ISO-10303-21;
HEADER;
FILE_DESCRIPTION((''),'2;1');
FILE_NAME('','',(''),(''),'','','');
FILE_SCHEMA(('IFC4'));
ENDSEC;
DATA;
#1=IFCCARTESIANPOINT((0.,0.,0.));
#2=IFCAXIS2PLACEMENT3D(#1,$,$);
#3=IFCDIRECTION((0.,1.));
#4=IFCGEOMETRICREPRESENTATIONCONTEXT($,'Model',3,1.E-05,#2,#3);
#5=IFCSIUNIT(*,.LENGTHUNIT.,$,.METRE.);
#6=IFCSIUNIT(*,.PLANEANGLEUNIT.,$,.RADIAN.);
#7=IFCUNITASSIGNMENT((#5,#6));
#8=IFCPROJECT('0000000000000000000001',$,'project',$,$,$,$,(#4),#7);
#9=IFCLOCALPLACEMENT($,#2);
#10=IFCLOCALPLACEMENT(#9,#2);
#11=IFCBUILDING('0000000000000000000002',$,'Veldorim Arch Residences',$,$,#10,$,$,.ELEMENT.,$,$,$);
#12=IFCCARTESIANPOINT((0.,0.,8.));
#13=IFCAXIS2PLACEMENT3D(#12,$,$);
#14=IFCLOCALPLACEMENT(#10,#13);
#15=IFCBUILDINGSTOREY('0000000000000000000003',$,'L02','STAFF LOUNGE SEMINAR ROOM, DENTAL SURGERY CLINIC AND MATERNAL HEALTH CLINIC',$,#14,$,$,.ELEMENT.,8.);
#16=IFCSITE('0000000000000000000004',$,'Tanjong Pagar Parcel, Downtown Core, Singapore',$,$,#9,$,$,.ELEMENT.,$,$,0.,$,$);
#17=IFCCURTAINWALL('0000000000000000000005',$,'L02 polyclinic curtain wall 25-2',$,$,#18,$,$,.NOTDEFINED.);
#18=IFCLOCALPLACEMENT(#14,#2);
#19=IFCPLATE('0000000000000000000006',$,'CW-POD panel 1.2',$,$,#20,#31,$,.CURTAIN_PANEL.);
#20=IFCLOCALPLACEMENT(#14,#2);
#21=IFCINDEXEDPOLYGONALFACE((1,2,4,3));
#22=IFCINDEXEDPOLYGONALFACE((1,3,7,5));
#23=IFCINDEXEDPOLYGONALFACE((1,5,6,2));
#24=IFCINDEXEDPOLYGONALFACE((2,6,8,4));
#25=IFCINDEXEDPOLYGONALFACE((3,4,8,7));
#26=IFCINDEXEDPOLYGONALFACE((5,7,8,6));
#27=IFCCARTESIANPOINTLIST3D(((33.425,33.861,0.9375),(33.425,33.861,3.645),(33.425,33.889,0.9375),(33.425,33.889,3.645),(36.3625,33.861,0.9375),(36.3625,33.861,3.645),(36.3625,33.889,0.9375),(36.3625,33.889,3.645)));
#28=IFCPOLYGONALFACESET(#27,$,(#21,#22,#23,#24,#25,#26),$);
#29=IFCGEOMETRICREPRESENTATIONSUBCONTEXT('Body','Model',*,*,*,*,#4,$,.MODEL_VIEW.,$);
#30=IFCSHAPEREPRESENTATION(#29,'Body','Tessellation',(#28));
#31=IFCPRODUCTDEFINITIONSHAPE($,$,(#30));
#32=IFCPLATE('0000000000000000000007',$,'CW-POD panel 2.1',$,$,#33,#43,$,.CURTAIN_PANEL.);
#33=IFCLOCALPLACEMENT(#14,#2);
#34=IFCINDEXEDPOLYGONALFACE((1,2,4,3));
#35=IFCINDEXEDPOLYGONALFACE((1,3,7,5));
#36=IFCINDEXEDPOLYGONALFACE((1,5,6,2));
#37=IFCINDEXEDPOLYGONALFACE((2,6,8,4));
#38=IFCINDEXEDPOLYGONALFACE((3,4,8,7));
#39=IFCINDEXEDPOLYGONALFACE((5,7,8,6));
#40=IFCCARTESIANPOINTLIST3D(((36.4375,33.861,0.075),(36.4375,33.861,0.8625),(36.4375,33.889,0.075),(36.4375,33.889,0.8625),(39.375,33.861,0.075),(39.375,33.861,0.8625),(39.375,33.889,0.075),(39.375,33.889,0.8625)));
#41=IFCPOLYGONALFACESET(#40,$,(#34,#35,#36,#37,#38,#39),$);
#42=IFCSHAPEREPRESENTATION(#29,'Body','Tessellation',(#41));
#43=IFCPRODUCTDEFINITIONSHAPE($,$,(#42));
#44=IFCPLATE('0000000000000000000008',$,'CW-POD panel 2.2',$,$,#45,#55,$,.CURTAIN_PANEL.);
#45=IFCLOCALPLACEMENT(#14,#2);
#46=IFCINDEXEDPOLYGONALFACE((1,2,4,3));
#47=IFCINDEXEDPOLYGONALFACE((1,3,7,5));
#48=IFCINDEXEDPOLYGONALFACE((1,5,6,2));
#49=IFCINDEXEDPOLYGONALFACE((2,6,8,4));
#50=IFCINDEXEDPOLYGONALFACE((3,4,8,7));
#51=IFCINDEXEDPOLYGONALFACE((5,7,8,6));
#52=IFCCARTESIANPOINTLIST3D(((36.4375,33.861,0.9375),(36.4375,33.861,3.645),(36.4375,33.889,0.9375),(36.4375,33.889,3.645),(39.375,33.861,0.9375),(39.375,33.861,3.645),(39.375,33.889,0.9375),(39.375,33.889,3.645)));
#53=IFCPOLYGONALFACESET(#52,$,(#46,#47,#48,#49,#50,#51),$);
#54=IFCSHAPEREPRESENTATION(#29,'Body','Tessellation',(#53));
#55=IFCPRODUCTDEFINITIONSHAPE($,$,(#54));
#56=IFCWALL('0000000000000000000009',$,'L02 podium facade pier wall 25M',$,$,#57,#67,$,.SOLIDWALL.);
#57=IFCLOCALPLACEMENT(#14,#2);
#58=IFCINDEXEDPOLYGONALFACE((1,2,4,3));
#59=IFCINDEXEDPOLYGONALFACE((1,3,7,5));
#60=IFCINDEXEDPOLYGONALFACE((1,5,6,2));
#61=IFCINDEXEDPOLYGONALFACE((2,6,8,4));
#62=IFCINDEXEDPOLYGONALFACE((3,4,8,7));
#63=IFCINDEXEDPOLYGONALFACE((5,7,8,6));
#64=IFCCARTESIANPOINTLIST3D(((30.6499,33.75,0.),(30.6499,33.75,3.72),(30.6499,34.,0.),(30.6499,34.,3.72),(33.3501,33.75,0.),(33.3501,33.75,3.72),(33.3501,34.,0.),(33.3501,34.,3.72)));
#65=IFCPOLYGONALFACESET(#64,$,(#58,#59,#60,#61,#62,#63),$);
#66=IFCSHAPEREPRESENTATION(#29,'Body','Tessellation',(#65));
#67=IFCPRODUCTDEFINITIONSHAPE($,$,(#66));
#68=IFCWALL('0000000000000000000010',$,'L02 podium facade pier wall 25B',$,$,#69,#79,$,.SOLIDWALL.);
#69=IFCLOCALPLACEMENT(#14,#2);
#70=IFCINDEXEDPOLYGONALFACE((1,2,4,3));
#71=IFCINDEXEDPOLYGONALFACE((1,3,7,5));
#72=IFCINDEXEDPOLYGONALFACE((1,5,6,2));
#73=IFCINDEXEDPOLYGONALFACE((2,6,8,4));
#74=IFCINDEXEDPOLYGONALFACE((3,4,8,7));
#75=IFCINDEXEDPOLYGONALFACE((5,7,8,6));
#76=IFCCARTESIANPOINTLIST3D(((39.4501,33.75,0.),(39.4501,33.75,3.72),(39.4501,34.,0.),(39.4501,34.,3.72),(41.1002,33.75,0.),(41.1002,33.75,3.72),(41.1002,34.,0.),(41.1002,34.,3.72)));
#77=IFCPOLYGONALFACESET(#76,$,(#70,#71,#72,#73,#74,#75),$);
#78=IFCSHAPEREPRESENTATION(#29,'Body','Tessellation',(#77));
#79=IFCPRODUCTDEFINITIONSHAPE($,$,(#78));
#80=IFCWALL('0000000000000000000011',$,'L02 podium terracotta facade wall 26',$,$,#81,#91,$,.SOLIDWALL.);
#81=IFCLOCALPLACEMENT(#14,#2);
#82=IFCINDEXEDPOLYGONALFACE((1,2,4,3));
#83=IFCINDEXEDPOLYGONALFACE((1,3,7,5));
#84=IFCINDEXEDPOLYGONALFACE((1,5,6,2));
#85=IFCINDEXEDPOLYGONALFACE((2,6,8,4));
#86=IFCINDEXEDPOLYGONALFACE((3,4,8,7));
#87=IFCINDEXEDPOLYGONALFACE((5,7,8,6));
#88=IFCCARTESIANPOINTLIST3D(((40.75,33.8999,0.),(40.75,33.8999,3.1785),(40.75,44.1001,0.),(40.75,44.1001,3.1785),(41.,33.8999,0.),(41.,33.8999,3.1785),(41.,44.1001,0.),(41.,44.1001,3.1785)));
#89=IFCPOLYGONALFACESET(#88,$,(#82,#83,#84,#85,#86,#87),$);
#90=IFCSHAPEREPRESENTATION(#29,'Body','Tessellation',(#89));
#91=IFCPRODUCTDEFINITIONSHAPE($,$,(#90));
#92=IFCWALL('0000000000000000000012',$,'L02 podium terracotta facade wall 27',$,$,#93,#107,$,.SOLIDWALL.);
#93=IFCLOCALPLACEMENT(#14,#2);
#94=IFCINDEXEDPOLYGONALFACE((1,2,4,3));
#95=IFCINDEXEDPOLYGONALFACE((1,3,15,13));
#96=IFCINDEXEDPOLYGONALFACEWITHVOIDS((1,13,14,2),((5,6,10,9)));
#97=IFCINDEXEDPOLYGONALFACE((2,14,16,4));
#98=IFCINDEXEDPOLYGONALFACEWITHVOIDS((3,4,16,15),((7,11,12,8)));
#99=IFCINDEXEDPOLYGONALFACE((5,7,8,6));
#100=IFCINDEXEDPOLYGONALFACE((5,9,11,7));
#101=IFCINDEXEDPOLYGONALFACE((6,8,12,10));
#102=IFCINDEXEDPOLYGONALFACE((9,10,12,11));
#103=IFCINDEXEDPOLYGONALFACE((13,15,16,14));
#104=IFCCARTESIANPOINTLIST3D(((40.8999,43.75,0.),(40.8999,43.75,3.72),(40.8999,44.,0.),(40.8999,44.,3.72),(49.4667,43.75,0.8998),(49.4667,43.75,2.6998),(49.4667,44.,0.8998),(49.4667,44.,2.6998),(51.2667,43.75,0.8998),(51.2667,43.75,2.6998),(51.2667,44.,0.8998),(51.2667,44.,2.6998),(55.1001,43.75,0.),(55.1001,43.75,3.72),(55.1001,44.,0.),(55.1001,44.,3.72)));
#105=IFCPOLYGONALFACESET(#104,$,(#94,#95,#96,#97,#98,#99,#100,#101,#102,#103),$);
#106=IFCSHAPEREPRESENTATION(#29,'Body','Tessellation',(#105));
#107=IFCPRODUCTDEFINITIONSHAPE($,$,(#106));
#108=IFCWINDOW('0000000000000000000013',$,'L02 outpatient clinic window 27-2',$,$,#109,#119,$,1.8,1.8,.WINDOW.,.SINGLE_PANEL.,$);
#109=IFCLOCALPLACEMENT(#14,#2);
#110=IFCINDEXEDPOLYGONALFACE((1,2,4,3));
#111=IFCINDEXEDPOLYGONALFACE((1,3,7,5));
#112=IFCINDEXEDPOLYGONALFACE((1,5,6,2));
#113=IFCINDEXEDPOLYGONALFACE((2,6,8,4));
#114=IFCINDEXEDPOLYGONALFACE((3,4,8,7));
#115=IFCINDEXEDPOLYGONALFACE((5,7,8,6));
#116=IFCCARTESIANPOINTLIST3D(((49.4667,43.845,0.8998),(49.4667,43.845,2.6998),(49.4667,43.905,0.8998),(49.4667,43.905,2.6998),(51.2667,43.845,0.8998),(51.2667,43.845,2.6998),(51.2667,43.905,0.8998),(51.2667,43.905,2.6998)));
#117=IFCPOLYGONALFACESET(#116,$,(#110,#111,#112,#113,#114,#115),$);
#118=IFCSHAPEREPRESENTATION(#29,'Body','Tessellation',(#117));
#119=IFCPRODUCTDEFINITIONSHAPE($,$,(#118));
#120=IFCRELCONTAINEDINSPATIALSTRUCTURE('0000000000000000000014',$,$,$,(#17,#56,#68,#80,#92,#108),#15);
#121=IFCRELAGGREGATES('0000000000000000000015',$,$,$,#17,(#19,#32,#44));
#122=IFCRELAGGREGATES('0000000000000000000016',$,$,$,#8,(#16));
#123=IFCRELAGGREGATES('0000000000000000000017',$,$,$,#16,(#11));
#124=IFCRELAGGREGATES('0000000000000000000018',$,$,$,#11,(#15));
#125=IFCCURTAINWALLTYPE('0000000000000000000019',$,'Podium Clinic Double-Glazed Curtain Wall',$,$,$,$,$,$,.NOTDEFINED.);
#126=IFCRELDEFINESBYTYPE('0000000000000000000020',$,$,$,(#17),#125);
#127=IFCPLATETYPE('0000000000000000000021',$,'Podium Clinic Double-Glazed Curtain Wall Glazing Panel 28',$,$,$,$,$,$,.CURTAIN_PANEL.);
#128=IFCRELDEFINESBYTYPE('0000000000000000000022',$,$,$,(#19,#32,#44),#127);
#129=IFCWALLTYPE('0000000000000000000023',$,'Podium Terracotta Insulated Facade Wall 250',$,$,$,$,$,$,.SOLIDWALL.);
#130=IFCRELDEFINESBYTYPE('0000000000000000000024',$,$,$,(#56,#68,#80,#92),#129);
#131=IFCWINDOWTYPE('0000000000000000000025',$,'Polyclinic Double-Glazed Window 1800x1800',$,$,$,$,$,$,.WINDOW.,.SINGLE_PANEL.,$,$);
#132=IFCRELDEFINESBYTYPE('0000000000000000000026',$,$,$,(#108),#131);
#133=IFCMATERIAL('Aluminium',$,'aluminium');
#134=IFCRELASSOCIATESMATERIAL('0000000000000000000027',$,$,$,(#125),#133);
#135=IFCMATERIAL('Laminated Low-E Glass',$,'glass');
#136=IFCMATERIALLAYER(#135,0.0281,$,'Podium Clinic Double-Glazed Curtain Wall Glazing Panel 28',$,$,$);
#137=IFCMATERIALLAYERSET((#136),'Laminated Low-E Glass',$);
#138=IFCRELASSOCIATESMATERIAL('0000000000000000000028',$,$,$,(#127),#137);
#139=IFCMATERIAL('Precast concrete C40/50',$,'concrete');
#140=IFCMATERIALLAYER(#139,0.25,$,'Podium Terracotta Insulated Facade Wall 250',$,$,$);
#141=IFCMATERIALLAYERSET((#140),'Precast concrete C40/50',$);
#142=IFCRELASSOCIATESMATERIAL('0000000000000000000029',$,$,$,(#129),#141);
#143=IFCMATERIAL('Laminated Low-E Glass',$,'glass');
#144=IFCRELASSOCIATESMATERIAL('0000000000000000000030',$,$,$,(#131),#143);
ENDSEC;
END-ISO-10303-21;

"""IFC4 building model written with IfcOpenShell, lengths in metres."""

from ifc_helpers import new_model, si_unit, direction, frame, frame_2d, origin, origin_2d, place, context, subcontext, project, spatial, rectangle, extrude, material, layer, layer_set, type_object, element, fill, aggregate, save


model = new_model("IFC4")

# Units and contexts
model_context = context("Model", 3, precision=1e-05, world=origin(), true_north=direction((0.0, 1.0)))
body_context = subcontext(model_context, "Body", "Model", "MODEL_VIEW")
ifc_project = project(units=[si_unit("LENGTHUNIT", "METRE"), si_unit("PLANEANGLEUNIT", "RADIAN")], contexts=[model_context])

# Site, building, storey
site_placement = place(None, origin())
site = spatial("IfcSite", under=ifc_project, at=site_placement, Name="Tanjong Pagar Parcel, Downtown Core, Singapore", CompositionType="ELEMENT", RefElevation=0.0)
building_placement = place(site_placement, origin())
building = spatial("IfcBuilding", under=site, at=building_placement, Name="Veldorim Arch Residences", CompositionType="ELEMENT")
storey_placement = place(building_placement, frame((0.0, 0.0, 8.0)))
storey = spatial("IfcBuildingStorey", under=building, at=storey_placement, Name="L02", Description="STAFF LOUNGE SEMINAR ROOM, DENTAL SURGERY CLINIC AND MATERNAL HEALTH CLINIC", CompositionType="ELEMENT", Elevation=8.0)

# Curtain wall
ifc_material_1 = material(Name="Aluminium", Category="aluminium")
curtain_wall_type = type_object("IfcCurtainWallType", Name="Podium Clinic Double-Glazed Curtain Wall", PredefinedType="NOTDEFINED", material=ifc_material_1)
curtain_wall_placement = place(storey_placement, origin())
curtain_wall = element("IfcCurtainWall", 1, at=curtain_wall_placement, inside=storey, type_object=curtain_wall_type, Name="L02 polyclinic curtain wall 25-2", PredefinedType="NOTDEFINED")

# Plates
ifc_material_2 = material(Name="Laminated Low-E Glass", Category="glass")
ifc_layer_1 = layer(ifc_material_2, 0.0281, Name="Podium Clinic Double-Glazed Curtain Wall Glazing Panel 28")
ifc_layer_set_1 = layer_set([ifc_layer_1], Name="Laminated Low-E Glass")
plate_type_1 = type_object("IfcPlateType", Name="Podium Clinic Double-Glazed Curtain Wall Glazing Panel 28", PredefinedType="CURTAIN_PANEL", material=ifc_layer_set_1)
plate_1_placement = place(storey_placement, frame((34.8938, 33.875, 0.9375), z_axis=(0.0, 0.0, 1.0), x_axis=(1.0, 0.0, 0.0)))
plate_1 = element("IfcPlate", 2, at=plate_1_placement, type_object=plate_type_1, Name="CW-POD panel 1.2", PredefinedType="CURTAIN_PANEL", context=body_context, shape_type="SweptSolid", body=[
    extrude(rectangle(XDim=2.9375, YDim=0.0281, at=origin_2d()), origin(), (0.0, 0.0, 1.0), 2.7075),
])
plate_2_placement = place(storey_placement, frame((37.9062, 33.875, 0.075), z_axis=(0.0, 0.0, 1.0), x_axis=(1.0, 0.0, 0.0)))
plate_2 = element("IfcPlate", 3, at=plate_2_placement, type_object=plate_type_1, Name="CW-POD panel 2.1", PredefinedType="CURTAIN_PANEL", context=body_context, shape_type="SweptSolid", body=[
    extrude(rectangle(XDim=2.9375, YDim=0.0281, at=origin_2d()), origin(), (0.0, 0.0, 1.0), 0.7876),
])
plate_3_placement = place(storey_placement, frame((37.9062, 33.875, 0.9375), z_axis=(0.0, 0.0, 1.0), x_axis=(1.0, 0.0, 0.0)))
plate_3 = element("IfcPlate", 4, at=plate_3_placement, type_object=plate_type_1, Name="CW-POD panel 2.2", PredefinedType="CURTAIN_PANEL", context=body_context, shape_type="SweptSolid", body=[
    extrude(rectangle(XDim=2.9375, YDim=0.0281, at=origin_2d()), origin(), (0.0, 0.0, 1.0), 2.7075),
])
aggregate(curtain_wall, [plate_1, plate_2, plate_3])

# Walls
ifc_material_3 = material(Name="Precast concrete C40/50", Category="concrete")
ifc_layer_2 = layer(ifc_material_3, 0.25, Name="Podium Terracotta Insulated Facade Wall 250")
ifc_layer_set_2 = layer_set([ifc_layer_2], Name="Precast concrete C40/50")
wall_type = type_object("IfcWallType", Name="Podium Terracotta Insulated Facade Wall 250", PredefinedType="SOLIDWALL", material=ifc_layer_set_2)
wall_1_placement = place(storey_placement, frame((30.6499, 33.875, 0.0), z_axis=(0.0, 0.0, 1.0), x_axis=(1.0, 0.0, 0.0)))
element("IfcWall", 5, at=wall_1_placement, inside=storey, type_object=wall_type, Name="L02 podium facade pier wall 25M", PredefinedType="SOLIDWALL", context=body_context, shape_type="SweptSolid", body=[
    extrude(rectangle(XDim=2.7002, YDim=0.25, at=frame_2d((1.3501, 0.0))), origin(), (0.0, 0.0, 1.0), 3.72),
])
wall_2_placement = place(storey_placement, frame((39.45, 33.875, 0.0), z_axis=(0.0, 0.0, 1.0), x_axis=(1.0, 0.0, 0.0)))
element("IfcWall", 6, at=wall_2_placement, inside=storey, type_object=wall_type, Name="L02 podium facade pier wall 25B", PredefinedType="SOLIDWALL", context=body_context, shape_type="SweptSolid", body=[
    extrude(rectangle(XDim=1.6501, YDim=0.25, at=frame_2d((0.8252, 0.0))), origin(), (0.0, 0.0, 1.0), 3.72),
])
wall_3_placement = place(storey_placement, frame((40.875, 44.1001, 0.0), z_axis=(0.0, 0.0, 1.0), x_axis=(0.0, -1.0, 0.0)))
element("IfcWall", 7, at=wall_3_placement, inside=storey, type_object=wall_type, Name="L02 podium terracotta facade wall 26", PredefinedType="SOLIDWALL", context=body_context, shape_type="SweptSolid", body=[
    extrude(rectangle(XDim=10.2002, YDim=0.25, at=frame_2d((5.1001, 0.0))), origin(), (0.0, 0.0, 1.0), 3.1785),
])

# Wall, opening, window
wall_4_placement = place(storey_placement, frame((40.8999, 43.875, 0.0), z_axis=(0.0, 0.0, 1.0), x_axis=(1.0, 0.0, 0.0)))
wall_4 = element("IfcWall", 8, at=wall_4_placement, inside=storey, type_object=wall_type, Name="L02 podium terracotta facade wall 27", PredefinedType="SOLIDWALL", context=body_context, shape_type="SweptSolid", body=[
    extrude(rectangle(XDim=14.2002, YDim=0.25, at=frame_2d((7.1001, 0.0))), origin(), (0.0, 0.0, 1.0), 3.72),
])
opening_placement = place(wall_4_placement, frame((8.5669, 0.0, 0.8999)))
opening = element("IfcOpeningElement", 9, at=opening_placement, cuts=wall_4, PredefinedType="OPENING", context=body_context, shape_type="SweptSolid", body=[
    extrude(rectangle(XDim=1.8, YDim=1.8, at=frame_2d((0.8999, 0.8999))), frame((0.0, 0.135, 0.0), z_axis=(0.0, -1.0, 0.0), x_axis=(1.0, 0.0, 0.0)), (0.0, 0.0, 1.0), 0.27),
])
ifc_material_4 = material(Name="Laminated Low-E Glass", Category="glass")
window_type = type_object("IfcWindowType", Name="Polyclinic Double-Glazed Window 1800x1800", PartitioningType="SINGLE_PANEL", PredefinedType="WINDOW", material=ifc_material_4)
window_placement = place(opening_placement, origin())
window = element("IfcWindow", 10, at=window_placement, inside=storey, type_object=window_type, Name="L02 outpatient clinic window 27-2", OverallHeight=1.8, OverallWidth=1.8, PartitioningType="SINGLE_PANEL", PredefinedType="WINDOW", context=body_context, shape_type="SweptSolid", body=[
    extrude(rectangle(XDim=1.8, YDim=1.8, at=frame_2d((0.8999, 0.8999))), frame((0.0, 0.03, 0.0), z_axis=(0.0, -1.0, 0.0), x_axis=(1.0, 0.0, 0.0)), (0.0, 0.0, 1.0), 0.0601),
])
fill(opening, window)

save(model, "model.ifc")
